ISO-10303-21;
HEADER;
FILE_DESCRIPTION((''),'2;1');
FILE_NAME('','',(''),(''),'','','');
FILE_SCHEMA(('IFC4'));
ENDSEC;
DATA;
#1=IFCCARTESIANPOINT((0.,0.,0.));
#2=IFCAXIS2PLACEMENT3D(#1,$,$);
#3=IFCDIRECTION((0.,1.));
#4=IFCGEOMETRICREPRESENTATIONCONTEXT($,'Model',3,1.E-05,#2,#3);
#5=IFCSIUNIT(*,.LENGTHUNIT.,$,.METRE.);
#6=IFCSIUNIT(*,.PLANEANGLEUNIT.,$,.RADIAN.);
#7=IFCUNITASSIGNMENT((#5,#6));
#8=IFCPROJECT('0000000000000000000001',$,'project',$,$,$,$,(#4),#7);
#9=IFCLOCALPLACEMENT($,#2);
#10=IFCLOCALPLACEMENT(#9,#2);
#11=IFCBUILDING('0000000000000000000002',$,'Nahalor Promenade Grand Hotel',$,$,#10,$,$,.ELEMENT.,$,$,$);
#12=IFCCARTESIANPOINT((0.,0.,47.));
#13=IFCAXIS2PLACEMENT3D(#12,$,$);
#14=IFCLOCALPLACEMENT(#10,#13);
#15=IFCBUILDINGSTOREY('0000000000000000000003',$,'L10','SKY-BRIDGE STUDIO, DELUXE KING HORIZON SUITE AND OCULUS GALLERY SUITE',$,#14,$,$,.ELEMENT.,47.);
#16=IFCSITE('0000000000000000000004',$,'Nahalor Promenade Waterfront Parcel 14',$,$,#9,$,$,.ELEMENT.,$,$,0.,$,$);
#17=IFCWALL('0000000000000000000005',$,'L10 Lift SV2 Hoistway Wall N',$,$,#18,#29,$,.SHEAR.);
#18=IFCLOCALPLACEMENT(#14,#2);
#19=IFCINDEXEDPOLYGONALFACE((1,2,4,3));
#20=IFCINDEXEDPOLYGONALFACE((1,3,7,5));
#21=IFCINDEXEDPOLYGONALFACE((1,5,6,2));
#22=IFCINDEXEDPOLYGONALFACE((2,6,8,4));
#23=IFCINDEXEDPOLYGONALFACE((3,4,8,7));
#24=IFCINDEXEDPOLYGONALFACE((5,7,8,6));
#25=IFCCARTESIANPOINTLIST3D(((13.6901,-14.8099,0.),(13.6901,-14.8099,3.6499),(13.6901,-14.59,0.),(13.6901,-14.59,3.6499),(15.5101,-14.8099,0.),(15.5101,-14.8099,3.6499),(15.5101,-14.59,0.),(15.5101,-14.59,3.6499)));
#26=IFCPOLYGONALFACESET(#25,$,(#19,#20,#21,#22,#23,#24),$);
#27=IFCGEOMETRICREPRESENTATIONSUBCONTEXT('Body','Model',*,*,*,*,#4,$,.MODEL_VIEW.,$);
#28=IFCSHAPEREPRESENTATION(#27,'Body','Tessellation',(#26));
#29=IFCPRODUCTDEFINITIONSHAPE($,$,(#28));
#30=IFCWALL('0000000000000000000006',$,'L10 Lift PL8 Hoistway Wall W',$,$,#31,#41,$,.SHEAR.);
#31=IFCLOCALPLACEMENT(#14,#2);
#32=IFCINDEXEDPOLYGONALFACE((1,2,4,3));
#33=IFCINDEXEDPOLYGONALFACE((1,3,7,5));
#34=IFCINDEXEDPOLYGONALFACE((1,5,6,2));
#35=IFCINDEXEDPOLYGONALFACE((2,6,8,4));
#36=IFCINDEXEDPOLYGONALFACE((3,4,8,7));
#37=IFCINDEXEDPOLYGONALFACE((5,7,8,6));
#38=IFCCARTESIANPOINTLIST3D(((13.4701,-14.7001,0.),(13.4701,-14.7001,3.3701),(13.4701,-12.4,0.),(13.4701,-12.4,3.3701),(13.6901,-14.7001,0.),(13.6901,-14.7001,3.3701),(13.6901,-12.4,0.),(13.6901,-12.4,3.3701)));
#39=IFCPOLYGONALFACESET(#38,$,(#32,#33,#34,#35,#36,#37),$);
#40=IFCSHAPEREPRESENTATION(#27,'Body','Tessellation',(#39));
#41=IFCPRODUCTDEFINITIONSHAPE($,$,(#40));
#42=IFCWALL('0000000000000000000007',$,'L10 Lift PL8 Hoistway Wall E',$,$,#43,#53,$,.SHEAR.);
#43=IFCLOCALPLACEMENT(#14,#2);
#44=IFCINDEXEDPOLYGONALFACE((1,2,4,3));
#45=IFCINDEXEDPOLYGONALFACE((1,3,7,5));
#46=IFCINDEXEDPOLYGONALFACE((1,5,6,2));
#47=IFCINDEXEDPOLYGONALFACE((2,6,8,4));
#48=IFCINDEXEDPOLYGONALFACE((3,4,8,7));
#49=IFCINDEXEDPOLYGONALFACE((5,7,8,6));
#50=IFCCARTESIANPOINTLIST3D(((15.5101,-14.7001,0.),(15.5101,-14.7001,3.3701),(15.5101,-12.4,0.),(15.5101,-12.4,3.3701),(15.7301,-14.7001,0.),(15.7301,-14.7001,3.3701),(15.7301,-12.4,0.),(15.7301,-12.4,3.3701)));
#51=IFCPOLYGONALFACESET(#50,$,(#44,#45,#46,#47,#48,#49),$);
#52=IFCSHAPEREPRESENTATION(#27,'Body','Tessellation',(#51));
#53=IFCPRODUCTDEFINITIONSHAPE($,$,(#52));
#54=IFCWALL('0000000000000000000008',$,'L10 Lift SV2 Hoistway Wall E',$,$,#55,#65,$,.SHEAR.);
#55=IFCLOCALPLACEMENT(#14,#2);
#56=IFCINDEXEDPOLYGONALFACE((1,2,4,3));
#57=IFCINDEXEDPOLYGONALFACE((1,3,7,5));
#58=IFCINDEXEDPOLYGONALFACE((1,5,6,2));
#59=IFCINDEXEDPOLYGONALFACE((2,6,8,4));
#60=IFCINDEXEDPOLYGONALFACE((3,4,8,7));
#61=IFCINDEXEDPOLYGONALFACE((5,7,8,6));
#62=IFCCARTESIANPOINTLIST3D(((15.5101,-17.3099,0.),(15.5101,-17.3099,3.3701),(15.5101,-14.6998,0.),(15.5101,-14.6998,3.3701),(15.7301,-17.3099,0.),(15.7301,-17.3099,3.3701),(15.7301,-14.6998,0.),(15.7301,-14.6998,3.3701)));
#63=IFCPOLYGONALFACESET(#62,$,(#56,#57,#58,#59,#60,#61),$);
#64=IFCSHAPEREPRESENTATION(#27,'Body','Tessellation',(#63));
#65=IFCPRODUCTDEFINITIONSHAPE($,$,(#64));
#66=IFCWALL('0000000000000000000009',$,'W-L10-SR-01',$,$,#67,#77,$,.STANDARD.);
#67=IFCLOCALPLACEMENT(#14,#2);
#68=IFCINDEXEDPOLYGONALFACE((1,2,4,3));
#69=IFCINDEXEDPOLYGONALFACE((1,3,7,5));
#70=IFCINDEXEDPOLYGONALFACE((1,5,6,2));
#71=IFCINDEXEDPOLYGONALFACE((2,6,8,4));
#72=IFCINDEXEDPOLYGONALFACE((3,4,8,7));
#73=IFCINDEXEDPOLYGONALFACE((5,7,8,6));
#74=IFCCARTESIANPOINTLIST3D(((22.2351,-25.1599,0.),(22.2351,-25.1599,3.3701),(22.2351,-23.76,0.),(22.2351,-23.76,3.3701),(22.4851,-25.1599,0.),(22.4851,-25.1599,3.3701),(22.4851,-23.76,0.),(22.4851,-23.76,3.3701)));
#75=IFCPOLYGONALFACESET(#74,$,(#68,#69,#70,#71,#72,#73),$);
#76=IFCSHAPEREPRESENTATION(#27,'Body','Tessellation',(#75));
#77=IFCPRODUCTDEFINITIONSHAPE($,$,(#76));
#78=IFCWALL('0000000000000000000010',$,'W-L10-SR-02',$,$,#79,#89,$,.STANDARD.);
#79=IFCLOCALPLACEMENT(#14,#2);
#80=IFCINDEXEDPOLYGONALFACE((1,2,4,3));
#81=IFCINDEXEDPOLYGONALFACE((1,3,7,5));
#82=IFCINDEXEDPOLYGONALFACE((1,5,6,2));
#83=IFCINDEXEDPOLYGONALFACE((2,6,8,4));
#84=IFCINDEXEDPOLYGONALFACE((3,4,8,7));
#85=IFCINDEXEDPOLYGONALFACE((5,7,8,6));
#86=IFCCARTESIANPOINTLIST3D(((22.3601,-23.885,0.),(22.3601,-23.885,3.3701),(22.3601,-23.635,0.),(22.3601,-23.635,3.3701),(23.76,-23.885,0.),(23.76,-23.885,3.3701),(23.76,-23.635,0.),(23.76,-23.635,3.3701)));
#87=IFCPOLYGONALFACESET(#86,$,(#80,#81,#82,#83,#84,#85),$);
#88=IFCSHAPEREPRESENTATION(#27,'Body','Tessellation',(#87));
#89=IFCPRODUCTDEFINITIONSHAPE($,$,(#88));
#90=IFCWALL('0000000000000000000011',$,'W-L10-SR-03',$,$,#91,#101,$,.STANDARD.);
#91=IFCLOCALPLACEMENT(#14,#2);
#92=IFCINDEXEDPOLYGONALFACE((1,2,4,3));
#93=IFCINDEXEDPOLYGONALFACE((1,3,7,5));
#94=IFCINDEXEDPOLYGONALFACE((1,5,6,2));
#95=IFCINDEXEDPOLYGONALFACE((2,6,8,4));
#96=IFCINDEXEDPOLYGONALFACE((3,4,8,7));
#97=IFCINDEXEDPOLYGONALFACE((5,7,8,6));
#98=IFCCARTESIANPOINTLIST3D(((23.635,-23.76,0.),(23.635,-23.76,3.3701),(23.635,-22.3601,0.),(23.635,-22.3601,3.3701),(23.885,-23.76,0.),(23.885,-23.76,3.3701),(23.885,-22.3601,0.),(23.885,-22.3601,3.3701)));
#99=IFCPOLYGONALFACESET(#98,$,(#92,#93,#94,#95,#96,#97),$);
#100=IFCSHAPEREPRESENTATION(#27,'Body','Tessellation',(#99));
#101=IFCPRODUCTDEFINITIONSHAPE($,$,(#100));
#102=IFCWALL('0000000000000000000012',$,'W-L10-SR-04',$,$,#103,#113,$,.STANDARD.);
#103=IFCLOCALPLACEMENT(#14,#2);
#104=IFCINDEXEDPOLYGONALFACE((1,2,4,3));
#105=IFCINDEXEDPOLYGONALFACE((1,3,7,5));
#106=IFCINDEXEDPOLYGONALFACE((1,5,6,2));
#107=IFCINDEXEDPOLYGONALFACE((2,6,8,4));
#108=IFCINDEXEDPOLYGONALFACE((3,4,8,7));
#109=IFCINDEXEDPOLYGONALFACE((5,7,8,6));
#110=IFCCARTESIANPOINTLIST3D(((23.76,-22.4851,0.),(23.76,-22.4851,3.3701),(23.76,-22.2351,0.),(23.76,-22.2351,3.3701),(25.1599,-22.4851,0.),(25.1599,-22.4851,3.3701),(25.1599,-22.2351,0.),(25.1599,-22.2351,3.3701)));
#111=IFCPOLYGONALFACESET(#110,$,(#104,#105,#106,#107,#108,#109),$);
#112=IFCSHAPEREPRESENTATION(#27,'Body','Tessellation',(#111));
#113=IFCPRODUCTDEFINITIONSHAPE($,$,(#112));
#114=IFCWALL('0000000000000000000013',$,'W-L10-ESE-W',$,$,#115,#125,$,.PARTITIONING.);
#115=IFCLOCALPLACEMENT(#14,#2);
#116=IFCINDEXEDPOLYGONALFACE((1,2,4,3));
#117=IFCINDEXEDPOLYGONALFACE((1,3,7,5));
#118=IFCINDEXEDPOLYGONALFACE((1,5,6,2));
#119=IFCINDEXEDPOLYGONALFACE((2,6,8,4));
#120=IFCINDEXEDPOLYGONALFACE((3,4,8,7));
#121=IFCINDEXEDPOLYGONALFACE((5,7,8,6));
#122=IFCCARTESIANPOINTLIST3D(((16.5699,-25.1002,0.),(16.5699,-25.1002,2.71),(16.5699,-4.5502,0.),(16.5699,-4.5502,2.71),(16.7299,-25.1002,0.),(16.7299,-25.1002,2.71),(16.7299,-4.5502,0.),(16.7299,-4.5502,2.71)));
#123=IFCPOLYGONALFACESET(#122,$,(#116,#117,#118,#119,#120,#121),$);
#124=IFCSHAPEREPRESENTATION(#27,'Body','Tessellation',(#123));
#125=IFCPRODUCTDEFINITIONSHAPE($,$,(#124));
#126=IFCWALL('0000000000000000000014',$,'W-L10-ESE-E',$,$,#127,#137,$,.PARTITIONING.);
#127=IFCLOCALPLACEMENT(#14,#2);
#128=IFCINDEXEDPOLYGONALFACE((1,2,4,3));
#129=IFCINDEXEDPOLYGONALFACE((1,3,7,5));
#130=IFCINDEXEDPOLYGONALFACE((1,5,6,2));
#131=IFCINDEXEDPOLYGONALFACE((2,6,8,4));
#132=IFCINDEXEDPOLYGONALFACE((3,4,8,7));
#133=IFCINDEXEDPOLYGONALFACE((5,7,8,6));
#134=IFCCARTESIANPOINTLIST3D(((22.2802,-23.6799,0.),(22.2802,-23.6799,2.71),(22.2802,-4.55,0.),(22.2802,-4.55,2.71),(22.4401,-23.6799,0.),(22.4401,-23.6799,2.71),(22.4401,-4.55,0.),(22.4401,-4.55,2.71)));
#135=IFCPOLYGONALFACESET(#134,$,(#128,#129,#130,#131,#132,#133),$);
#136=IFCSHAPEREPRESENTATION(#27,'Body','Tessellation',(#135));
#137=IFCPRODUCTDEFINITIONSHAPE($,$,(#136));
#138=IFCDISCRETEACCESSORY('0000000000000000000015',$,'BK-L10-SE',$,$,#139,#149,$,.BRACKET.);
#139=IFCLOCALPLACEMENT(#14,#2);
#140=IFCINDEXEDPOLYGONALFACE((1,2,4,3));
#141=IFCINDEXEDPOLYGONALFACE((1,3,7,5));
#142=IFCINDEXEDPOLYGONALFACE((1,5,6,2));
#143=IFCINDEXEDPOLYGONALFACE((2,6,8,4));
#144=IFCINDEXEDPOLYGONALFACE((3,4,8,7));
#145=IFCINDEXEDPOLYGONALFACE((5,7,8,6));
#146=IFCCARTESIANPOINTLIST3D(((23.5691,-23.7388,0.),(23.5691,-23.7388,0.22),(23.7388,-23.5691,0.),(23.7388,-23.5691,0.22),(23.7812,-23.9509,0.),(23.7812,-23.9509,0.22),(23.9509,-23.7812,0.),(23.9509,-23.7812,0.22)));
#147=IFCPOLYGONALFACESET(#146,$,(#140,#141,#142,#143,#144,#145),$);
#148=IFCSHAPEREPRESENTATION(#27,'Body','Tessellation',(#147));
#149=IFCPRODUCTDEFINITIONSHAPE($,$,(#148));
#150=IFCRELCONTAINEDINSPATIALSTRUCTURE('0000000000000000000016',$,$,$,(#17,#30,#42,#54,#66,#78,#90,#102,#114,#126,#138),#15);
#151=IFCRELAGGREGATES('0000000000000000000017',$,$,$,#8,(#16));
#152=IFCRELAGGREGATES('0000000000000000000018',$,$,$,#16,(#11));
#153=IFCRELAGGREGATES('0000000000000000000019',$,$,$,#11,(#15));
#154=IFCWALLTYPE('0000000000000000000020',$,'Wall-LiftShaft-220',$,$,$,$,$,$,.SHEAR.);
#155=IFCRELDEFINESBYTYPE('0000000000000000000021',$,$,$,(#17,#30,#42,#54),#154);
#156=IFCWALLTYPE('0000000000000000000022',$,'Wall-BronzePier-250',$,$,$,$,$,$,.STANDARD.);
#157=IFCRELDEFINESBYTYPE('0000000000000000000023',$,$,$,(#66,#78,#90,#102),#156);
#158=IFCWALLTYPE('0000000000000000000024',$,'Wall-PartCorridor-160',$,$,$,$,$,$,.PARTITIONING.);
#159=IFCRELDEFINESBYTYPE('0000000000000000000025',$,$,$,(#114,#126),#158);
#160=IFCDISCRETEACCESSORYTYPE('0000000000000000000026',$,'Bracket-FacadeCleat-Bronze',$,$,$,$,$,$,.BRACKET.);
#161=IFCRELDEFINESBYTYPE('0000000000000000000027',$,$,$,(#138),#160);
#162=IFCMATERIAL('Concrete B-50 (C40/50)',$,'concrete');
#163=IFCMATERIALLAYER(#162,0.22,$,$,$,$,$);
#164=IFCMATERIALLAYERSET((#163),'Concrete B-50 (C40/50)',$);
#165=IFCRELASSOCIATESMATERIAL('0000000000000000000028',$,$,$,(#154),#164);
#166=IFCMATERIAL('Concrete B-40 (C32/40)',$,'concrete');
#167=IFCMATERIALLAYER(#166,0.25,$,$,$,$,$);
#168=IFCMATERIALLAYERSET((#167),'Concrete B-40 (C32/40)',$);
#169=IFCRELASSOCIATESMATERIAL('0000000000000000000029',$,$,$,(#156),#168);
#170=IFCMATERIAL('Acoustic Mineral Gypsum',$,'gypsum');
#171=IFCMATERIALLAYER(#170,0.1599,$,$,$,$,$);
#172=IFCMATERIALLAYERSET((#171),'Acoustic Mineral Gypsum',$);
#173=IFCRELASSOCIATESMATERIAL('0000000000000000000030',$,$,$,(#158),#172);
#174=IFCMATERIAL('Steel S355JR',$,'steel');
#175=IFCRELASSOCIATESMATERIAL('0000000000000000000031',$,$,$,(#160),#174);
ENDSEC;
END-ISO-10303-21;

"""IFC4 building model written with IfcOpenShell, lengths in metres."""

from ifc_helpers import new_model, si_unit, direction, frame, frame_2d, origin, origin_2d, place, context, subcontext, project, spatial, rectangle, extrude, source, transform, mapped, material, layer, layer_set, type_object, element, save


model = new_model("IFC4")

# Units and contexts
model_context = context("Model", 3, precision=1e-05, world=origin(), true_north=direction((0.0, 1.0)))
body_context = subcontext(model_context, "Body", "Model", "MODEL_VIEW")
ifc_project = project(units=[si_unit("LENGTHUNIT", "METRE"), si_unit("PLANEANGLEUNIT", "RADIAN")], contexts=[model_context])

# Site, building, storey
site_placement = place(None, origin())
site = spatial("IfcSite", under=ifc_project, at=site_placement, Name="Nahalor Promenade Waterfront Parcel 14", CompositionType="ELEMENT", RefElevation=0.0)
building_placement = place(site_placement, origin())
building = spatial("IfcBuilding", under=site, at=building_placement, Name="Nahalor Promenade Grand Hotel", CompositionType="ELEMENT")
storey_placement = place(building_placement, frame((0.0, 0.0, 47.0)))
storey = spatial("IfcBuildingStorey", under=building, at=storey_placement, Name="L10", Description="SKY-BRIDGE STUDIO, DELUXE KING HORIZON SUITE AND OCULUS GALLERY SUITE", CompositionType="ELEMENT", Elevation=47.0)

# Shared definitions
ifc_material_1 = material(Name="Steel S355JR", Category="steel")

# Walls
ifc_material_2 = material(Name="Concrete B-50 (C40/50)", Category="concrete")
ifc_layer_1 = layer(ifc_material_2, 0.22)
ifc_layer_set_1 = layer_set([ifc_layer_1], Name="Concrete B-50 (C40/50)")
wall_type_1 = type_object("IfcWallType", Name="Wall-LiftShaft-220", PredefinedType="SHEAR", material=ifc_layer_set_1)
shared_shape_1 = source(origin(), body_context, "Body", "SweptSolid", [
    extrude(rectangle(XDim=1.8201, YDim=0.22, at=frame_2d((0.9102, 0.0))), origin(), (0.0, 0.0, 1.0), 3.6499),
])
wall_1_placement = place(storey_placement, frame((13.6899, -14.7, 0.0), z_axis=(0.0, 0.0, 1.0), x_axis=(1.0, 0.0, 0.0)))
element("IfcWall", 1, at=wall_1_placement, inside=storey, type_object=wall_type_1, Name="L10 Lift SV2 Hoistway Wall N", PredefinedType="SHEAR", context=body_context, shape_type="MappedRepresentation", body=[
    mapped(shared_shape_1, transform((0.0, 0.0, 0.0), scale=1.0)),
])
shared_shape_2 = source(origin(), body_context, "Body", "SweptSolid", [
    extrude(rectangle(XDim=2.3, YDim=0.22, at=frame_2d((1.1499, 0.0))), origin(), (0.0, 0.0, 1.0), 3.3701),
])
for number, where, z_axis, x_axis, name in (
    (2, (13.5801, -14.7, 0.0), (0.0, 0.0, 1.0), (0.0, 1.0, 0.0), "L10 Lift PL8 Hoistway Wall W"),
    (3, (15.6201, -14.7, 0.0), (0.0, 0.0, 1.0), (0.0, 1.0, 0.0), "L10 Lift PL8 Hoistway Wall E"),
):
    element("IfcWall", number, at=place(storey_placement, frame(where, z_axis=z_axis, x_axis=x_axis)), inside=storey, type_object=wall_type_1, Name=name, PredefinedType="SHEAR", context=body_context, shape_type="MappedRepresentation", body=[
        mapped(shared_shape_2, transform((0.0, 0.0, 0.0), scale=1.0)),
    ])
shared_shape_3 = source(origin(), body_context, "Body", "SweptSolid", [
    extrude(rectangle(XDim=2.6101, YDim=0.22, at=frame_2d((1.3052, 0.0))), origin(), (0.0, 0.0, 1.0), 3.3701),
])
wall_2_placement = place(storey_placement, frame((15.6201, -17.3101, 0.0), z_axis=(0.0, 0.0, 1.0), x_axis=(0.0, 1.0, 0.0)))
element("IfcWall", 4, at=wall_2_placement, inside=storey, type_object=wall_type_1, Name="L10 Lift SV2 Hoistway Wall E", PredefinedType="SHEAR", context=body_context, shape_type="MappedRepresentation", body=[
    mapped(shared_shape_3, transform((0.0, 0.0, 0.0), scale=1.0)),
])
ifc_material_3 = material(Name="Concrete B-40 (C32/40)", Category="concrete")
ifc_layer_2 = layer(ifc_material_3, 0.25)
ifc_layer_set_2 = layer_set([ifc_layer_2], Name="Concrete B-40 (C32/40)")
wall_type_2 = type_object("IfcWallType", Name="Wall-BronzePier-250", PredefinedType="STANDARD", material=ifc_layer_set_2)
shared_shape_4 = source(origin(), body_context, "Body", "SweptSolid", [
    extrude(rectangle(XDim=1.3999, YDim=0.25, at=frame_2d((0.7, 0.0))), origin(), (0.0, 0.0, 1.0), 3.3701),
])
for number, where, z_axis, x_axis, name in (
    (5, (22.3601, -25.1599, 0.0), (0.0, 0.0, 1.0), (0.0, 1.0, 0.0), "W-L10-SR-01"),
    (6, (22.3601, -23.76, 0.0), (0.0, 0.0, 1.0), (1.0, 0.0, 0.0), "W-L10-SR-02"),
    (7, (23.76, -23.76, 0.0), (0.0, 0.0, 1.0), (0.0, 1.0, 0.0), "W-L10-SR-03"),
    (8, (23.76, -22.3601, 0.0), (0.0, 0.0, 1.0), (1.0, 0.0, 0.0), "W-L10-SR-04"),
):
    element("IfcWall", number, at=place(storey_placement, frame(where, z_axis=z_axis, x_axis=x_axis)), inside=storey, type_object=wall_type_2, Name=name, PredefinedType="STANDARD", context=body_context, shape_type="MappedRepresentation", body=[
        mapped(shared_shape_4, transform((0.0, 0.0, 0.0), scale=1.0)),
    ])
ifc_material_4 = material(Name="Acoustic Mineral Gypsum", Category="gypsum")
ifc_layer_3 = layer(ifc_material_4, 0.1599)
ifc_layer_set_3 = layer_set([ifc_layer_3], Name="Acoustic Mineral Gypsum")
wall_type_3 = type_object("IfcWallType", Name="Wall-PartCorridor-160", PredefinedType="PARTITIONING", material=ifc_layer_set_3)
shared_shape_5 = source(origin(), body_context, "Body", "SweptSolid", [
    extrude(rectangle(XDim=20.55, YDim=0.1599, at=frame_2d((10.2749, 0.0))), origin(), (0.0, 0.0, 1.0), 2.71),
])
wall_3_placement = place(storey_placement, frame((16.6499, -25.1001, 0.0), z_axis=(0.0, 0.0, 1.0), x_axis=(0.0, 1.0, 0.0)))
element("IfcWall", 9, at=wall_3_placement, inside=storey, type_object=wall_type_3, Name="W-L10-ESE-W", PredefinedType="PARTITIONING", context=body_context, shape_type="MappedRepresentation", body=[
    mapped(shared_shape_5, transform((0.0, 0.0, 0.0), scale=1.0)),
])
shared_shape_6 = source(origin(), body_context, "Body", "SweptSolid", [
    extrude(rectangle(XDim=19.1299, YDim=0.1599, at=frame_2d((9.5649, 0.0))), origin(), (0.0, 0.0, 1.0), 2.71),
])
wall_4_placement = place(storey_placement, frame((22.3601, -23.6799, 0.0), z_axis=(0.0, 0.0, 1.0), x_axis=(0.0, 1.0, 0.0)))
element("IfcWall", 10, at=wall_4_placement, inside=storey, type_object=wall_type_3, Name="W-L10-ESE-E", PredefinedType="PARTITIONING", context=body_context, shape_type="MappedRepresentation", body=[
    mapped(shared_shape_6, transform((0.0, 0.0, 0.0), scale=1.0)),
])

# Discrete accessory
discrete_accessory_type = type_object("IfcDiscreteAccessoryType", Name="Bracket-FacadeCleat-Bronze", PredefinedType="BRACKET", material=ifc_material_1)
shared_shape_7 = source(origin(), body_context, "Body", "SweptSolid", [
    extrude(rectangle(XDim=0.3, YDim=0.24, at=origin_2d()), origin(), (0.0, 0.0, 1.0), 0.22),
])
discrete_accessory_placement = place(storey_placement, frame((23.76, -23.76, 0.0), z_axis=(0.0, 0.0, 1.0), x_axis=(-0.707107, 0.707107, 0.0)))
element("IfcDiscreteAccessory", 11, at=discrete_accessory_placement, inside=storey, type_object=discrete_accessory_type, Name="BK-L10-SE", PredefinedType="BRACKET", context=body_context, shape_type="MappedRepresentation", body=[
    mapped(shared_shape_7, transform((0.0, 0.0, 0.0), scale=1.0)),
])

save(model, "model.ifc")
